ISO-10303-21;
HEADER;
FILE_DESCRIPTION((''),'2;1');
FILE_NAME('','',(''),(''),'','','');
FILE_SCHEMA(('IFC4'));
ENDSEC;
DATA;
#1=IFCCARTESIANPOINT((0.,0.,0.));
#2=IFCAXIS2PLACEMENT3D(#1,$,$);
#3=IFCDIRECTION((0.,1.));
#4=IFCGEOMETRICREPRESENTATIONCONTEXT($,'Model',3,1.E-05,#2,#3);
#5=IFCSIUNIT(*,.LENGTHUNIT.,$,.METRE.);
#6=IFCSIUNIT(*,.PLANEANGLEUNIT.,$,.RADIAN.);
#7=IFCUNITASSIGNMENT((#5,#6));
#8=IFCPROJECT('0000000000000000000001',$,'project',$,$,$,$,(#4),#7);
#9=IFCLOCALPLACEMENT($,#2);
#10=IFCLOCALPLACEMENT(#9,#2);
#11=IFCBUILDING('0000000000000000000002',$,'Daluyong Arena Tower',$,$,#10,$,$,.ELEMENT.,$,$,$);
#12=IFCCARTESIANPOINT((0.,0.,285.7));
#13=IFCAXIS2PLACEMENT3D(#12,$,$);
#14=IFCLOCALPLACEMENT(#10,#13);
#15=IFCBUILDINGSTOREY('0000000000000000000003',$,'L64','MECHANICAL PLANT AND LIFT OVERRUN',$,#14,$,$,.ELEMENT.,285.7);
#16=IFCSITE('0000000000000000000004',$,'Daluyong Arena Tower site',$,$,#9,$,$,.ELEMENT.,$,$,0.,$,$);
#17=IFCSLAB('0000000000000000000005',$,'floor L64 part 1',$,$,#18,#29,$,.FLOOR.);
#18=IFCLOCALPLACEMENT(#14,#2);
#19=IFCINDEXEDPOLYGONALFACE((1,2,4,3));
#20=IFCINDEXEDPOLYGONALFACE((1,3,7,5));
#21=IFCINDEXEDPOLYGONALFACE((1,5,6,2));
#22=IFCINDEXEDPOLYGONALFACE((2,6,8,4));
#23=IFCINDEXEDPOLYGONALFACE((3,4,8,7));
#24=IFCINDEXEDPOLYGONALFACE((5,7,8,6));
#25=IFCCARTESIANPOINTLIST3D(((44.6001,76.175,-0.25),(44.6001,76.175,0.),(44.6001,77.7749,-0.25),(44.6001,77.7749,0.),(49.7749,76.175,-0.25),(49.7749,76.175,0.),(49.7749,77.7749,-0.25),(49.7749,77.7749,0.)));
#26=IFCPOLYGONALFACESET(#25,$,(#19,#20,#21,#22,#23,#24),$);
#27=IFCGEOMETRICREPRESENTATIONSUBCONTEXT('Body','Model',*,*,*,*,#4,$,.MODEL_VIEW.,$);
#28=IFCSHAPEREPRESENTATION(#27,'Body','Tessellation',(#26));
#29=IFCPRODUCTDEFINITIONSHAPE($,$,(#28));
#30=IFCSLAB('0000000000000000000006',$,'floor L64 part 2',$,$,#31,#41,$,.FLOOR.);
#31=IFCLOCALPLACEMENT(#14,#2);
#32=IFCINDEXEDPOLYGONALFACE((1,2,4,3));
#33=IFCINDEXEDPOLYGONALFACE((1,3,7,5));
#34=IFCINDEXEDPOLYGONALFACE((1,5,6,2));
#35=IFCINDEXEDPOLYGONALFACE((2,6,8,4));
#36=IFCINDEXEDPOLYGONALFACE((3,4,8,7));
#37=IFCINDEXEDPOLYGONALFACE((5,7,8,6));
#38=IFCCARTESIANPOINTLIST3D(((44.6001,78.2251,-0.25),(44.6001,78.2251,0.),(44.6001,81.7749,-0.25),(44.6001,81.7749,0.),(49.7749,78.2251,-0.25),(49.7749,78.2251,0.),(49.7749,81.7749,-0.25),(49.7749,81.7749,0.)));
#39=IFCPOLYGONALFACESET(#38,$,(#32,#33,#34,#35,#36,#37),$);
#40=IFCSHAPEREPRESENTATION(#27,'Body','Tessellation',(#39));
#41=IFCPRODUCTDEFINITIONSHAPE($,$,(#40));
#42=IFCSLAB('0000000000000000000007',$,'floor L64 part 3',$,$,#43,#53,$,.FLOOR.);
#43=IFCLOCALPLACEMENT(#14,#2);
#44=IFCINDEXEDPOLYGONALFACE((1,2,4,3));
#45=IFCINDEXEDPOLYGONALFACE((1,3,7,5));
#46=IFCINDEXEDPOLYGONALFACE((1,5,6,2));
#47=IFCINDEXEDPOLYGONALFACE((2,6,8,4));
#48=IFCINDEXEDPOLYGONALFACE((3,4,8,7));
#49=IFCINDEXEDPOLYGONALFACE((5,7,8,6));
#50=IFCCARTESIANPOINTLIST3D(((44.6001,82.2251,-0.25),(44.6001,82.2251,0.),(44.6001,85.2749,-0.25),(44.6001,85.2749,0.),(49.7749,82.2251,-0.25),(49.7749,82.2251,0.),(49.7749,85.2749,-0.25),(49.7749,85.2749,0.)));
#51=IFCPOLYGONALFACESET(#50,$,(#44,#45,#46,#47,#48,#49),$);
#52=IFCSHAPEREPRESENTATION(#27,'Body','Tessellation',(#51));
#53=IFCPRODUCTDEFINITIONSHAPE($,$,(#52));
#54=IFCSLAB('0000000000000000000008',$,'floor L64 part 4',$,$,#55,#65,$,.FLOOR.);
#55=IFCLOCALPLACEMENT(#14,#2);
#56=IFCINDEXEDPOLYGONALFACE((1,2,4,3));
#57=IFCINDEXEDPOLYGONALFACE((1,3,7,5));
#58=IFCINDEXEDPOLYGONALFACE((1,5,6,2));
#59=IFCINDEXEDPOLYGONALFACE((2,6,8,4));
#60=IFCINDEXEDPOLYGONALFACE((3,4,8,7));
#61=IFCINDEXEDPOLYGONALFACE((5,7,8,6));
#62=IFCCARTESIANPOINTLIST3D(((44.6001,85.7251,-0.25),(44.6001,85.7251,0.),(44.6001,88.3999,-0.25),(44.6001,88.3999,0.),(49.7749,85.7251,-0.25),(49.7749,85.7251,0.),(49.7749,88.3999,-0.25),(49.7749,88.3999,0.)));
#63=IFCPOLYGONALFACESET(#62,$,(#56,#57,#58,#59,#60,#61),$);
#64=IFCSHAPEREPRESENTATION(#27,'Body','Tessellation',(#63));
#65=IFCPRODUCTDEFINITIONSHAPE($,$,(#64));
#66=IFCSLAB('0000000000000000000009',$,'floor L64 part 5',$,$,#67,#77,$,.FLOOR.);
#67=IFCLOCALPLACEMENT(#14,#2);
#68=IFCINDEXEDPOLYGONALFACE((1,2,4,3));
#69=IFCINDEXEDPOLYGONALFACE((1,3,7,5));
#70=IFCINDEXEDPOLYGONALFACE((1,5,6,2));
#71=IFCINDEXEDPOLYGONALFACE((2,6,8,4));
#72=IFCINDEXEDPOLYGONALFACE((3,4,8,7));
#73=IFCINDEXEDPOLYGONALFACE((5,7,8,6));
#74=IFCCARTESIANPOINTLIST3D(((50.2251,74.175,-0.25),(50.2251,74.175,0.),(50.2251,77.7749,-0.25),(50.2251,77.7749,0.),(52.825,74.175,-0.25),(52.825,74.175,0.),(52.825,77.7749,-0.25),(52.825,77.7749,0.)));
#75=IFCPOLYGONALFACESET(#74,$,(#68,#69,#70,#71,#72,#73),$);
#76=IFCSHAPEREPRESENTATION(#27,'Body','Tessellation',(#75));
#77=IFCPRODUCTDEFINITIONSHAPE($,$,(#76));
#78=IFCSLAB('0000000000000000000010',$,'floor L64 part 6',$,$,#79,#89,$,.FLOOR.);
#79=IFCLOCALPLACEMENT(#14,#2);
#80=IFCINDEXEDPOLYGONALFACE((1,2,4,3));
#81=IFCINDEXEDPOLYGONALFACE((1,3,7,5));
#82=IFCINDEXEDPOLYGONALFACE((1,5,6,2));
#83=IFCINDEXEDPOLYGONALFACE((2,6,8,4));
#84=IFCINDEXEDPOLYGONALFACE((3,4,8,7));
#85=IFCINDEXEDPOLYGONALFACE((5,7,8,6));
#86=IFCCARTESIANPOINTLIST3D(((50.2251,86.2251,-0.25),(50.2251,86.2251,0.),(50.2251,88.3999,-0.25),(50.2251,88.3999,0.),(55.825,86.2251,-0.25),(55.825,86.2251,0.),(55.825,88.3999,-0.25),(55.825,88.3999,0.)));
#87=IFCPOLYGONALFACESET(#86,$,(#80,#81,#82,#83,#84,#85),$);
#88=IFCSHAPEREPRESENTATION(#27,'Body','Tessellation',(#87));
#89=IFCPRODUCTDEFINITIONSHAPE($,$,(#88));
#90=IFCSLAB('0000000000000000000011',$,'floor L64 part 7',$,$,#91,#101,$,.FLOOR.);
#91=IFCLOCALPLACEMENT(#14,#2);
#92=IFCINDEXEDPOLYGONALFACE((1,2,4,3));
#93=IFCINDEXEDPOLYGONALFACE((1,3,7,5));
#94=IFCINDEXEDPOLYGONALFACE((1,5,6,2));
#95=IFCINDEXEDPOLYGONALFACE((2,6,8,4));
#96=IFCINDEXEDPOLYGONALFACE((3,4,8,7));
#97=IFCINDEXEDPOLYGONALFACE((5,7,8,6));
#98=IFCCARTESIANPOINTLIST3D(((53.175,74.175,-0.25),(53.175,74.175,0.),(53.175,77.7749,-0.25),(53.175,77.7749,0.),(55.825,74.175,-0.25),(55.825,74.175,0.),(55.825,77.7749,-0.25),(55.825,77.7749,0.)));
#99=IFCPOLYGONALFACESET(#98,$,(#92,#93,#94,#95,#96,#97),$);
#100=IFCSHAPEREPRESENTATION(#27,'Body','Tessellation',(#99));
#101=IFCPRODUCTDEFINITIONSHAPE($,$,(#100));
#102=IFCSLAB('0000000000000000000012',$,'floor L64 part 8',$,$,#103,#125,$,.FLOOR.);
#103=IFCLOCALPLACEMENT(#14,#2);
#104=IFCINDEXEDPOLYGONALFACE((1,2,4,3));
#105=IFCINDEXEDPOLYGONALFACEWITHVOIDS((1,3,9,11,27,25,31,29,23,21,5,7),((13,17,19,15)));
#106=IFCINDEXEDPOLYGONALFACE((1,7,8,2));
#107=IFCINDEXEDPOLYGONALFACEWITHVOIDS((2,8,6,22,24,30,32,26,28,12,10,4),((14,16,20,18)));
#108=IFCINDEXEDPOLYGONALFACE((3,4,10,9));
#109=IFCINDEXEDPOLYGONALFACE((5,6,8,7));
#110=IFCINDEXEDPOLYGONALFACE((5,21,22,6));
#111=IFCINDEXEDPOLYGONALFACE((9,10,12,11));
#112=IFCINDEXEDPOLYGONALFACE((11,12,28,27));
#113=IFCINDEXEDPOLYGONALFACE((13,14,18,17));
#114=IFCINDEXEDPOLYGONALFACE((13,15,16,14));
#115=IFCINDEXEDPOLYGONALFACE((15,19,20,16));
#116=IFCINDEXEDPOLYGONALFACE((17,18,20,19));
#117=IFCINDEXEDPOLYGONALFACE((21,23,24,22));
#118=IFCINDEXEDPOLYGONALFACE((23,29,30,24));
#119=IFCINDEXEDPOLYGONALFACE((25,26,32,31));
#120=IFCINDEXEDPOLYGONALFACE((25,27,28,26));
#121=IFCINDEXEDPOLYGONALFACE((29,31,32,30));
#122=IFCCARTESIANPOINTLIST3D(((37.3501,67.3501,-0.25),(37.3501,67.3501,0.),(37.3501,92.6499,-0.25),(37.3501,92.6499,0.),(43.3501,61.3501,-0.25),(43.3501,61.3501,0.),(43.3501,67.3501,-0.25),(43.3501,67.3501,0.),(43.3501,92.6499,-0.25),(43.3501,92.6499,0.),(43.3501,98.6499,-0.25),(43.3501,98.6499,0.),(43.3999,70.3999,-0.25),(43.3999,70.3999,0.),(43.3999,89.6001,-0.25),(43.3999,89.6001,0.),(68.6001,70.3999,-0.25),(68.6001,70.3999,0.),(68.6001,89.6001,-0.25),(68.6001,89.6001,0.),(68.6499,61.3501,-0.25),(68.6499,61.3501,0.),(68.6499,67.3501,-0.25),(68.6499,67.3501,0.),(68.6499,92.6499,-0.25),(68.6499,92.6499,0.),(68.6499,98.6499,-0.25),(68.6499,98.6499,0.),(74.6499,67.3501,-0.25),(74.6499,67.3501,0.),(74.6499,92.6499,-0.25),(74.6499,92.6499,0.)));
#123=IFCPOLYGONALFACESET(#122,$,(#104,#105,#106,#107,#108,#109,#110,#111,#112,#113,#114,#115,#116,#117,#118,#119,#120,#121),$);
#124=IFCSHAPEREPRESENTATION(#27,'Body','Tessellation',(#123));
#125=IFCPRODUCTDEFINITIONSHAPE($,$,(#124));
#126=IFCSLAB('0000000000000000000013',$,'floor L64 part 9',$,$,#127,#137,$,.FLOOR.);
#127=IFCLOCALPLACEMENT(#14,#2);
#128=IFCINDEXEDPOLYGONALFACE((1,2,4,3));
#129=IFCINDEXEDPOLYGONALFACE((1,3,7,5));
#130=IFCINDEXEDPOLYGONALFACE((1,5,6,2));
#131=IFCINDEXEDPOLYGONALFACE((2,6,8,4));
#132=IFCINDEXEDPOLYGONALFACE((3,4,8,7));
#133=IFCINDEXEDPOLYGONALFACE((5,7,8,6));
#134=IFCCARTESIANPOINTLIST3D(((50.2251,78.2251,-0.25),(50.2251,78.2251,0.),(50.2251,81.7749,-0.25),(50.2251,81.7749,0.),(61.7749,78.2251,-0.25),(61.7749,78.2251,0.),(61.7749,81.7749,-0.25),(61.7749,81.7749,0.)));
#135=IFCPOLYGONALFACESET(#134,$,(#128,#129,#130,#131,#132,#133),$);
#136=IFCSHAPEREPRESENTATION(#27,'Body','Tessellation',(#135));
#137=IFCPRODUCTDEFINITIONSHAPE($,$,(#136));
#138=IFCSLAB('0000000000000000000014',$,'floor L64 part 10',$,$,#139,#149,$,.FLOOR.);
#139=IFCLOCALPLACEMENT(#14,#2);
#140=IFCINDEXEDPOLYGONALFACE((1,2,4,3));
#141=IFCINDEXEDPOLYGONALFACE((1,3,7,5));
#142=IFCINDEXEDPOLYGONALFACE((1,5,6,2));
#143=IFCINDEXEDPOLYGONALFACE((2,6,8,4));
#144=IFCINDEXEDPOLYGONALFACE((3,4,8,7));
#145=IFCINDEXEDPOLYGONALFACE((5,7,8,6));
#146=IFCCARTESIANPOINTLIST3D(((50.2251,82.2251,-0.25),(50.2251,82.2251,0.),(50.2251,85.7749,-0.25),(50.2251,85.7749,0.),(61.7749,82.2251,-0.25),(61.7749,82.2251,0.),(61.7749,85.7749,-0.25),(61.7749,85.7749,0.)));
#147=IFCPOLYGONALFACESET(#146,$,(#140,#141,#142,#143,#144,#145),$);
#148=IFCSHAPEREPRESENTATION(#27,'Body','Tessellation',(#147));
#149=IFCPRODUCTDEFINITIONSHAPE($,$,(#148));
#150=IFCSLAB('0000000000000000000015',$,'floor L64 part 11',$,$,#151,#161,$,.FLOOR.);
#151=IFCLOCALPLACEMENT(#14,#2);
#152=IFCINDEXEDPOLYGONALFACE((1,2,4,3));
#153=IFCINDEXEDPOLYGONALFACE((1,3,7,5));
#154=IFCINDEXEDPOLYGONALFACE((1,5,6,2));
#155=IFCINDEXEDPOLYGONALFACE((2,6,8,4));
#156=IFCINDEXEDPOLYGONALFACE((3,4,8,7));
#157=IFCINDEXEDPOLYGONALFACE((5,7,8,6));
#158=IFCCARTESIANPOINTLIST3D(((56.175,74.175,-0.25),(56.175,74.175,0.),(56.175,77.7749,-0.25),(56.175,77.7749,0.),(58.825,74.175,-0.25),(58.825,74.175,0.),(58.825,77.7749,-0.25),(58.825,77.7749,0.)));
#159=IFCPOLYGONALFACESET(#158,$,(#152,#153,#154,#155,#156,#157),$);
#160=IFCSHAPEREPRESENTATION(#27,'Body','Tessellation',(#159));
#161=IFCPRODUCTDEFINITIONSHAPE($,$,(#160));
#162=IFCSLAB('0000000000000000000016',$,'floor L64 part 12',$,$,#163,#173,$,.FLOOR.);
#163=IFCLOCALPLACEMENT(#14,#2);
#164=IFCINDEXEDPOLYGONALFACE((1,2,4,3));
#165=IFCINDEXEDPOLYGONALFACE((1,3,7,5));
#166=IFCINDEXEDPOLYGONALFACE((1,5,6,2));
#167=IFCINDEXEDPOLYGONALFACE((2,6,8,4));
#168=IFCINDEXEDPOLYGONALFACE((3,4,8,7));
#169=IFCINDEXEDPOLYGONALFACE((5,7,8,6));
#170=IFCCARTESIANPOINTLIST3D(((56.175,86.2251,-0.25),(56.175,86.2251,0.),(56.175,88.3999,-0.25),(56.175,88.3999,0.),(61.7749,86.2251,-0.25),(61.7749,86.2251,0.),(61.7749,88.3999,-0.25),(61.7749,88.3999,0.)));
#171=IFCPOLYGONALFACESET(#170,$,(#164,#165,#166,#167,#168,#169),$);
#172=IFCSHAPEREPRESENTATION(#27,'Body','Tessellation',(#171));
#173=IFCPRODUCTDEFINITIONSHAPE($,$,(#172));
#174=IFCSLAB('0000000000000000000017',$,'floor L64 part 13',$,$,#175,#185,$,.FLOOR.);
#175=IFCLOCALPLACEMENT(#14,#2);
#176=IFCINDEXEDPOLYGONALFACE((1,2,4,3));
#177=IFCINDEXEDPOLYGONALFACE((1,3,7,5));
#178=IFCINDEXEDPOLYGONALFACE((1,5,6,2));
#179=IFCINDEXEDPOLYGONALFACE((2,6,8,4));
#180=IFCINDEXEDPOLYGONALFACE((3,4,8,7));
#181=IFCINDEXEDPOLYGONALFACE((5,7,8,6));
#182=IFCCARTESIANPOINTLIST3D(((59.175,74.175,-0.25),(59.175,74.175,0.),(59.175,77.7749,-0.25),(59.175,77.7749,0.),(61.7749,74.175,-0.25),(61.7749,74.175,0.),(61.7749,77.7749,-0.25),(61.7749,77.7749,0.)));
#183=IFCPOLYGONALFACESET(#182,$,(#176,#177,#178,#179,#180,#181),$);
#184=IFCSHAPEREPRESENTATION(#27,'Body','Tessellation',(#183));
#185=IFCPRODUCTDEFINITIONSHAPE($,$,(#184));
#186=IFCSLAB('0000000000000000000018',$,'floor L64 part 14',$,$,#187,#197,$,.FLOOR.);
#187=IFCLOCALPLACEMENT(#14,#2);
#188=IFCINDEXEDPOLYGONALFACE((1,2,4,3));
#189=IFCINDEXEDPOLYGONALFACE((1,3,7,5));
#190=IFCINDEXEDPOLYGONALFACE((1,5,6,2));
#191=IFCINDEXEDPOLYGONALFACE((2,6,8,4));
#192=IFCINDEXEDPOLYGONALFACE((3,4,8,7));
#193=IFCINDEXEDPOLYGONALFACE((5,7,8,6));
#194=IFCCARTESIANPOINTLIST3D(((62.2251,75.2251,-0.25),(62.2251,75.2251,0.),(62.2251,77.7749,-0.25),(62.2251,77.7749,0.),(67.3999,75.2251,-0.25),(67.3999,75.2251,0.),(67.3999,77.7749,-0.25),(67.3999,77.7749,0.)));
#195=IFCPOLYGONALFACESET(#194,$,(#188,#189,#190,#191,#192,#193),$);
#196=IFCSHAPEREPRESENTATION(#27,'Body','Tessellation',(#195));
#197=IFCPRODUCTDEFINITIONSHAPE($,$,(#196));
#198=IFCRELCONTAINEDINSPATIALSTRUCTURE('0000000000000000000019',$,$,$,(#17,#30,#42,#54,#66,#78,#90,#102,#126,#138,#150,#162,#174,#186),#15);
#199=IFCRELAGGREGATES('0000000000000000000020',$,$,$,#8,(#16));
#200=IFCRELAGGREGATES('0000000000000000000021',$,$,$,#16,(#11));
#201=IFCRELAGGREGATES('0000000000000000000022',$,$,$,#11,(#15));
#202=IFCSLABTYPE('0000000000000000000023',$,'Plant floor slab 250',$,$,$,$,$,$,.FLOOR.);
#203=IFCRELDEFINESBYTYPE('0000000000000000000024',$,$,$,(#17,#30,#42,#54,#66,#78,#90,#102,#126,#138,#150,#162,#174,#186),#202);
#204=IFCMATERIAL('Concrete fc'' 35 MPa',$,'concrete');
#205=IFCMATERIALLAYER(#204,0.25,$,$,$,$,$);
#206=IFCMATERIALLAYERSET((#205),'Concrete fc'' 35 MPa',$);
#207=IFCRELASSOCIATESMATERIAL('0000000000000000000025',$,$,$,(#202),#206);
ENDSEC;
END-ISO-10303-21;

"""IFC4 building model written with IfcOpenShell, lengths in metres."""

from ifc_helpers import new_model, si_unit, direction, frame, origin, place, context, subcontext, project, spatial, polyline, outline, extrude, material, layer, layer_set, type_object, element, save


model = new_model("IFC4")

# Units and contexts
model_context = context("Model", 3, precision=1e-05, world=origin(), true_north=direction((0.0, 1.0)))
body_context = subcontext(model_context, "Body", "Model", "MODEL_VIEW")
ifc_project = project(units=[si_unit("LENGTHUNIT", "METRE"), si_unit("PLANEANGLEUNIT", "RADIAN")], contexts=[model_context])

# Site, building, storey
site_placement = place(None, origin())
site = spatial("IfcSite", under=ifc_project, at=site_placement, Name="Daluyong Arena Tower site", CompositionType="ELEMENT", RefElevation=0.0)
building_placement = place(site_placement, origin())
building = spatial("IfcBuilding", under=site, at=building_placement, Name="Daluyong Arena Tower", CompositionType="ELEMENT")
storey_placement = place(building_placement, frame((0.0, 0.0, 285.7)))
storey = spatial("IfcBuildingStorey", under=building, at=storey_placement, Name="L64", Description="MECHANICAL PLANT AND LIFT OVERRUN", CompositionType="ELEMENT", Elevation=285.7)

# Slabs
ifc_material_1 = material(Name="Concrete fc' 35 MPa", Category="concrete")
ifc_layer_1 = layer(ifc_material_1, 0.25)
ifc_layer_set_1 = layer_set([ifc_layer_1], Name="Concrete fc' 35 MPa")
slab_type = type_object("IfcSlabType", Name="Plant floor slab 250", PredefinedType="FLOOR", material=ifc_layer_set_1)
slab_1_placement = place(storey_placement, frame((0.0, 0.0, -0.25)))
element("IfcSlab", 1, at=slab_1_placement, inside=storey, type_object=slab_type, Name="floor L64 part 1", PredefinedType="FLOOR", context=body_context, shape_type="SweptSolid", body=[
    extrude(outline(polyline([(49.7749, 77.7749), (44.6001, 77.7749), (44.6001, 76.175), (49.7749, 76.175), (49.7749, 77.7749)])), origin(), (0.0, 0.0, 1.0), 0.25),
])
slab_2_placement = place(storey_placement, frame((0.0, 0.0, -0.25)))
element("IfcSlab", 2, at=slab_2_placement, inside=storey, type_object=slab_type, Name="floor L64 part 2", PredefinedType="FLOOR", context=body_context, shape_type="SweptSolid", body=[
    extrude(outline(polyline([(49.7749, 78.2251), (49.7749, 81.7749), (44.6001, 81.7749), (44.6001, 78.2251), (49.7749, 78.2251)])), origin(), (0.0, 0.0, 1.0), 0.25),
])
slab_3_placement = place(storey_placement, frame((0.0, 0.0, -0.25)))
element("IfcSlab", 3, at=slab_3_placement, inside=storey, type_object=slab_type, Name="floor L64 part 3", PredefinedType="FLOOR", context=body_context, shape_type="SweptSolid", body=[
    extrude(outline(polyline([(44.6001, 85.2749), (44.6001, 82.2251), (49.7749, 82.2251), (49.7749, 85.2749), (44.6001, 85.2749)])), origin(), (0.0, 0.0, 1.0), 0.25),
])
slab_4_placement = place(storey_placement, frame((0.0, 0.0, -0.25)))
element("IfcSlab", 4, at=slab_4_placement, inside=storey, type_object=slab_type, Name="floor L64 part 4", PredefinedType="FLOOR", context=body_context, shape_type="SweptSolid", body=[
    extrude(outline(polyline([(44.6001, 88.3999), (44.6001, 85.7251), (49.7749, 85.7251), (49.7749, 88.3999), (44.6001, 88.3999)])), origin(), (0.0, 0.0, 1.0), 0.25),
])
slab_5_placement = place(storey_placement, frame((0.0, 0.0, -0.25)))
element("IfcSlab", 5, at=slab_5_placement, inside=storey, type_object=slab_type, Name="floor L64 part 5", PredefinedType="FLOOR", context=body_context, shape_type="SweptSolid", body=[
    extrude(outline(polyline([(52.825, 74.175), (52.825, 77.7749), (50.2251, 77.7749), (50.2251, 74.175), (52.825, 74.175)])), origin(), (0.0, 0.0, 1.0), 0.25),
])
slab_6_placement = place(storey_placement, frame((0.0, 0.0, -0.25)))
element("IfcSlab", 6, at=slab_6_placement, inside=storey, type_object=slab_type, Name="floor L64 part 6", PredefinedType="FLOOR", context=body_context, shape_type="SweptSolid", body=[
    extrude(outline(polyline([(50.2251, 88.3999), (50.2251, 86.2251), (55.825, 86.2251), (55.825, 88.3999), (50.2251, 88.3999)])), origin(), (0.0, 0.0, 1.0), 0.25),
])
slab_7_placement = place(storey_placement, frame((0.0, 0.0, -0.25)))
element("IfcSlab", 7, at=slab_7_placement, inside=storey, type_object=slab_type, Name="floor L64 part 7", PredefinedType="FLOOR", context=body_context, shape_type="SweptSolid", body=[
    extrude(outline(polyline([(53.175, 74.175), (55.825, 74.175), (55.825, 77.7749), (53.175, 77.7749), (53.175, 74.175)])), origin(), (0.0, 0.0, 1.0), 0.25),
])
slab_8_placement = place(storey_placement, frame((0.0, 0.0, -0.25)))
element("IfcSlab", 8, at=slab_8_placement, inside=storey, type_object=slab_type, Name="floor L64 part 8", PredefinedType="FLOOR", context=body_context, shape_type="SweptSolid", body=[
    extrude(outline(polyline([(43.3501, 67.3501), (43.3501, 61.3501), (68.6499, 61.3501), (68.6499, 67.3501), (74.6499, 67.3501), (74.6499, 92.6499), (68.6499, 92.6499), (68.6499, 98.6499), (43.3501, 98.6499), (43.3501, 92.6499), (37.3501, 92.6499), (37.3501, 67.3501), (43.3501, 67.3501)]), holes=[polyline([(68.6001, 89.6001), (68.6001, 70.3999), (43.3999, 70.3999), (43.3999, 89.6001), (68.6001, 89.6001)])]), origin(), (0.0, 0.0, 1.0), 0.25),
])
slab_9_placement = place(storey_placement, frame((0.0, 0.0, -0.25)))
element("IfcSlab", 9, at=slab_9_placement, inside=storey, type_object=slab_type, Name="floor L64 part 9", PredefinedType="FLOOR", context=body_context, shape_type="SweptSolid", body=[
    extrude(outline(polyline([(50.2251, 81.7749), (50.2251, 78.2251), (61.7749, 78.2251), (61.7749, 81.7749), (50.2251, 81.7749)])), origin(), (0.0, 0.0, 1.0), 0.25),
])
slab_10_placement = place(storey_placement, frame((0.0, 0.0, -0.25)))
element("IfcSlab", 10, at=slab_10_placement, inside=storey, type_object=slab_type, Name="floor L64 part 10", PredefinedType="FLOOR", context=body_context, shape_type="SweptSolid", body=[
    extrude(outline(polyline([(50.2251, 85.7749), (50.2251, 82.2251), (61.7749, 82.2251), (61.7749, 85.7749), (50.2251, 85.7749)])), origin(), (0.0, 0.0, 1.0), 0.25),
])
slab_11_placement = place(storey_placement, frame((0.0, 0.0, -0.25)))
element("IfcSlab", 11, at=slab_11_placement, inside=storey, type_object=slab_type, Name="floor L64 part 11", PredefinedType="FLOOR", context=body_context, shape_type="SweptSolid", body=[
    extrude(outline(polyline([(58.825, 77.7749), (56.175, 77.7749), (56.175, 74.175), (58.825, 74.175), (58.825, 77.7749)])), origin(), (0.0, 0.0, 1.0), 0.25),
])
slab_12_placement = place(storey_placement, frame((0.0, 0.0, -0.25)))
element("IfcSlab", 12, at=slab_12_placement, inside=storey, type_object=slab_type, Name="floor L64 part 12", PredefinedType="FLOOR", context=body_context, shape_type="SweptSolid", body=[
    extrude(outline(polyline([(56.175, 88.3999), (56.175, 86.2251), (61.7749, 86.2251), (61.7749, 88.3999), (56.175, 88.3999)])), origin(), (0.0, 0.0, 1.0), 0.25),
])
slab_13_placement = place(storey_placement, frame((0.0, 0.0, -0.25)))
element("IfcSlab", 13, at=slab_13_placement, inside=storey, type_object=slab_type, Name="floor L64 part 13", PredefinedType="FLOOR", context=body_context, shape_type="SweptSolid", body=[
    extrude(outline(polyline([(61.7749, 77.7749), (59.175, 77.7749), (59.175, 74.175), (61.7749, 74.175), (61.7749, 77.7749)])), origin(), (0.0, 0.0, 1.0), 0.25),
])
slab_14_placement = place(storey_placement, frame((0.0, 0.0, -0.25)))
element("IfcSlab", 14, at=slab_14_placement, inside=storey, type_object=slab_type, Name="floor L64 part 14", PredefinedType="FLOOR", context=body_context, shape_type="SweptSolid", body=[
    extrude(outline(polyline([(67.3999, 75.2251), (67.3999, 77.7749), (62.2251, 77.7749), (62.2251, 75.2251), (67.3999, 75.2251)])), origin(), (0.0, 0.0, 1.0), 0.25),
])

save(model, "model.ifc")
